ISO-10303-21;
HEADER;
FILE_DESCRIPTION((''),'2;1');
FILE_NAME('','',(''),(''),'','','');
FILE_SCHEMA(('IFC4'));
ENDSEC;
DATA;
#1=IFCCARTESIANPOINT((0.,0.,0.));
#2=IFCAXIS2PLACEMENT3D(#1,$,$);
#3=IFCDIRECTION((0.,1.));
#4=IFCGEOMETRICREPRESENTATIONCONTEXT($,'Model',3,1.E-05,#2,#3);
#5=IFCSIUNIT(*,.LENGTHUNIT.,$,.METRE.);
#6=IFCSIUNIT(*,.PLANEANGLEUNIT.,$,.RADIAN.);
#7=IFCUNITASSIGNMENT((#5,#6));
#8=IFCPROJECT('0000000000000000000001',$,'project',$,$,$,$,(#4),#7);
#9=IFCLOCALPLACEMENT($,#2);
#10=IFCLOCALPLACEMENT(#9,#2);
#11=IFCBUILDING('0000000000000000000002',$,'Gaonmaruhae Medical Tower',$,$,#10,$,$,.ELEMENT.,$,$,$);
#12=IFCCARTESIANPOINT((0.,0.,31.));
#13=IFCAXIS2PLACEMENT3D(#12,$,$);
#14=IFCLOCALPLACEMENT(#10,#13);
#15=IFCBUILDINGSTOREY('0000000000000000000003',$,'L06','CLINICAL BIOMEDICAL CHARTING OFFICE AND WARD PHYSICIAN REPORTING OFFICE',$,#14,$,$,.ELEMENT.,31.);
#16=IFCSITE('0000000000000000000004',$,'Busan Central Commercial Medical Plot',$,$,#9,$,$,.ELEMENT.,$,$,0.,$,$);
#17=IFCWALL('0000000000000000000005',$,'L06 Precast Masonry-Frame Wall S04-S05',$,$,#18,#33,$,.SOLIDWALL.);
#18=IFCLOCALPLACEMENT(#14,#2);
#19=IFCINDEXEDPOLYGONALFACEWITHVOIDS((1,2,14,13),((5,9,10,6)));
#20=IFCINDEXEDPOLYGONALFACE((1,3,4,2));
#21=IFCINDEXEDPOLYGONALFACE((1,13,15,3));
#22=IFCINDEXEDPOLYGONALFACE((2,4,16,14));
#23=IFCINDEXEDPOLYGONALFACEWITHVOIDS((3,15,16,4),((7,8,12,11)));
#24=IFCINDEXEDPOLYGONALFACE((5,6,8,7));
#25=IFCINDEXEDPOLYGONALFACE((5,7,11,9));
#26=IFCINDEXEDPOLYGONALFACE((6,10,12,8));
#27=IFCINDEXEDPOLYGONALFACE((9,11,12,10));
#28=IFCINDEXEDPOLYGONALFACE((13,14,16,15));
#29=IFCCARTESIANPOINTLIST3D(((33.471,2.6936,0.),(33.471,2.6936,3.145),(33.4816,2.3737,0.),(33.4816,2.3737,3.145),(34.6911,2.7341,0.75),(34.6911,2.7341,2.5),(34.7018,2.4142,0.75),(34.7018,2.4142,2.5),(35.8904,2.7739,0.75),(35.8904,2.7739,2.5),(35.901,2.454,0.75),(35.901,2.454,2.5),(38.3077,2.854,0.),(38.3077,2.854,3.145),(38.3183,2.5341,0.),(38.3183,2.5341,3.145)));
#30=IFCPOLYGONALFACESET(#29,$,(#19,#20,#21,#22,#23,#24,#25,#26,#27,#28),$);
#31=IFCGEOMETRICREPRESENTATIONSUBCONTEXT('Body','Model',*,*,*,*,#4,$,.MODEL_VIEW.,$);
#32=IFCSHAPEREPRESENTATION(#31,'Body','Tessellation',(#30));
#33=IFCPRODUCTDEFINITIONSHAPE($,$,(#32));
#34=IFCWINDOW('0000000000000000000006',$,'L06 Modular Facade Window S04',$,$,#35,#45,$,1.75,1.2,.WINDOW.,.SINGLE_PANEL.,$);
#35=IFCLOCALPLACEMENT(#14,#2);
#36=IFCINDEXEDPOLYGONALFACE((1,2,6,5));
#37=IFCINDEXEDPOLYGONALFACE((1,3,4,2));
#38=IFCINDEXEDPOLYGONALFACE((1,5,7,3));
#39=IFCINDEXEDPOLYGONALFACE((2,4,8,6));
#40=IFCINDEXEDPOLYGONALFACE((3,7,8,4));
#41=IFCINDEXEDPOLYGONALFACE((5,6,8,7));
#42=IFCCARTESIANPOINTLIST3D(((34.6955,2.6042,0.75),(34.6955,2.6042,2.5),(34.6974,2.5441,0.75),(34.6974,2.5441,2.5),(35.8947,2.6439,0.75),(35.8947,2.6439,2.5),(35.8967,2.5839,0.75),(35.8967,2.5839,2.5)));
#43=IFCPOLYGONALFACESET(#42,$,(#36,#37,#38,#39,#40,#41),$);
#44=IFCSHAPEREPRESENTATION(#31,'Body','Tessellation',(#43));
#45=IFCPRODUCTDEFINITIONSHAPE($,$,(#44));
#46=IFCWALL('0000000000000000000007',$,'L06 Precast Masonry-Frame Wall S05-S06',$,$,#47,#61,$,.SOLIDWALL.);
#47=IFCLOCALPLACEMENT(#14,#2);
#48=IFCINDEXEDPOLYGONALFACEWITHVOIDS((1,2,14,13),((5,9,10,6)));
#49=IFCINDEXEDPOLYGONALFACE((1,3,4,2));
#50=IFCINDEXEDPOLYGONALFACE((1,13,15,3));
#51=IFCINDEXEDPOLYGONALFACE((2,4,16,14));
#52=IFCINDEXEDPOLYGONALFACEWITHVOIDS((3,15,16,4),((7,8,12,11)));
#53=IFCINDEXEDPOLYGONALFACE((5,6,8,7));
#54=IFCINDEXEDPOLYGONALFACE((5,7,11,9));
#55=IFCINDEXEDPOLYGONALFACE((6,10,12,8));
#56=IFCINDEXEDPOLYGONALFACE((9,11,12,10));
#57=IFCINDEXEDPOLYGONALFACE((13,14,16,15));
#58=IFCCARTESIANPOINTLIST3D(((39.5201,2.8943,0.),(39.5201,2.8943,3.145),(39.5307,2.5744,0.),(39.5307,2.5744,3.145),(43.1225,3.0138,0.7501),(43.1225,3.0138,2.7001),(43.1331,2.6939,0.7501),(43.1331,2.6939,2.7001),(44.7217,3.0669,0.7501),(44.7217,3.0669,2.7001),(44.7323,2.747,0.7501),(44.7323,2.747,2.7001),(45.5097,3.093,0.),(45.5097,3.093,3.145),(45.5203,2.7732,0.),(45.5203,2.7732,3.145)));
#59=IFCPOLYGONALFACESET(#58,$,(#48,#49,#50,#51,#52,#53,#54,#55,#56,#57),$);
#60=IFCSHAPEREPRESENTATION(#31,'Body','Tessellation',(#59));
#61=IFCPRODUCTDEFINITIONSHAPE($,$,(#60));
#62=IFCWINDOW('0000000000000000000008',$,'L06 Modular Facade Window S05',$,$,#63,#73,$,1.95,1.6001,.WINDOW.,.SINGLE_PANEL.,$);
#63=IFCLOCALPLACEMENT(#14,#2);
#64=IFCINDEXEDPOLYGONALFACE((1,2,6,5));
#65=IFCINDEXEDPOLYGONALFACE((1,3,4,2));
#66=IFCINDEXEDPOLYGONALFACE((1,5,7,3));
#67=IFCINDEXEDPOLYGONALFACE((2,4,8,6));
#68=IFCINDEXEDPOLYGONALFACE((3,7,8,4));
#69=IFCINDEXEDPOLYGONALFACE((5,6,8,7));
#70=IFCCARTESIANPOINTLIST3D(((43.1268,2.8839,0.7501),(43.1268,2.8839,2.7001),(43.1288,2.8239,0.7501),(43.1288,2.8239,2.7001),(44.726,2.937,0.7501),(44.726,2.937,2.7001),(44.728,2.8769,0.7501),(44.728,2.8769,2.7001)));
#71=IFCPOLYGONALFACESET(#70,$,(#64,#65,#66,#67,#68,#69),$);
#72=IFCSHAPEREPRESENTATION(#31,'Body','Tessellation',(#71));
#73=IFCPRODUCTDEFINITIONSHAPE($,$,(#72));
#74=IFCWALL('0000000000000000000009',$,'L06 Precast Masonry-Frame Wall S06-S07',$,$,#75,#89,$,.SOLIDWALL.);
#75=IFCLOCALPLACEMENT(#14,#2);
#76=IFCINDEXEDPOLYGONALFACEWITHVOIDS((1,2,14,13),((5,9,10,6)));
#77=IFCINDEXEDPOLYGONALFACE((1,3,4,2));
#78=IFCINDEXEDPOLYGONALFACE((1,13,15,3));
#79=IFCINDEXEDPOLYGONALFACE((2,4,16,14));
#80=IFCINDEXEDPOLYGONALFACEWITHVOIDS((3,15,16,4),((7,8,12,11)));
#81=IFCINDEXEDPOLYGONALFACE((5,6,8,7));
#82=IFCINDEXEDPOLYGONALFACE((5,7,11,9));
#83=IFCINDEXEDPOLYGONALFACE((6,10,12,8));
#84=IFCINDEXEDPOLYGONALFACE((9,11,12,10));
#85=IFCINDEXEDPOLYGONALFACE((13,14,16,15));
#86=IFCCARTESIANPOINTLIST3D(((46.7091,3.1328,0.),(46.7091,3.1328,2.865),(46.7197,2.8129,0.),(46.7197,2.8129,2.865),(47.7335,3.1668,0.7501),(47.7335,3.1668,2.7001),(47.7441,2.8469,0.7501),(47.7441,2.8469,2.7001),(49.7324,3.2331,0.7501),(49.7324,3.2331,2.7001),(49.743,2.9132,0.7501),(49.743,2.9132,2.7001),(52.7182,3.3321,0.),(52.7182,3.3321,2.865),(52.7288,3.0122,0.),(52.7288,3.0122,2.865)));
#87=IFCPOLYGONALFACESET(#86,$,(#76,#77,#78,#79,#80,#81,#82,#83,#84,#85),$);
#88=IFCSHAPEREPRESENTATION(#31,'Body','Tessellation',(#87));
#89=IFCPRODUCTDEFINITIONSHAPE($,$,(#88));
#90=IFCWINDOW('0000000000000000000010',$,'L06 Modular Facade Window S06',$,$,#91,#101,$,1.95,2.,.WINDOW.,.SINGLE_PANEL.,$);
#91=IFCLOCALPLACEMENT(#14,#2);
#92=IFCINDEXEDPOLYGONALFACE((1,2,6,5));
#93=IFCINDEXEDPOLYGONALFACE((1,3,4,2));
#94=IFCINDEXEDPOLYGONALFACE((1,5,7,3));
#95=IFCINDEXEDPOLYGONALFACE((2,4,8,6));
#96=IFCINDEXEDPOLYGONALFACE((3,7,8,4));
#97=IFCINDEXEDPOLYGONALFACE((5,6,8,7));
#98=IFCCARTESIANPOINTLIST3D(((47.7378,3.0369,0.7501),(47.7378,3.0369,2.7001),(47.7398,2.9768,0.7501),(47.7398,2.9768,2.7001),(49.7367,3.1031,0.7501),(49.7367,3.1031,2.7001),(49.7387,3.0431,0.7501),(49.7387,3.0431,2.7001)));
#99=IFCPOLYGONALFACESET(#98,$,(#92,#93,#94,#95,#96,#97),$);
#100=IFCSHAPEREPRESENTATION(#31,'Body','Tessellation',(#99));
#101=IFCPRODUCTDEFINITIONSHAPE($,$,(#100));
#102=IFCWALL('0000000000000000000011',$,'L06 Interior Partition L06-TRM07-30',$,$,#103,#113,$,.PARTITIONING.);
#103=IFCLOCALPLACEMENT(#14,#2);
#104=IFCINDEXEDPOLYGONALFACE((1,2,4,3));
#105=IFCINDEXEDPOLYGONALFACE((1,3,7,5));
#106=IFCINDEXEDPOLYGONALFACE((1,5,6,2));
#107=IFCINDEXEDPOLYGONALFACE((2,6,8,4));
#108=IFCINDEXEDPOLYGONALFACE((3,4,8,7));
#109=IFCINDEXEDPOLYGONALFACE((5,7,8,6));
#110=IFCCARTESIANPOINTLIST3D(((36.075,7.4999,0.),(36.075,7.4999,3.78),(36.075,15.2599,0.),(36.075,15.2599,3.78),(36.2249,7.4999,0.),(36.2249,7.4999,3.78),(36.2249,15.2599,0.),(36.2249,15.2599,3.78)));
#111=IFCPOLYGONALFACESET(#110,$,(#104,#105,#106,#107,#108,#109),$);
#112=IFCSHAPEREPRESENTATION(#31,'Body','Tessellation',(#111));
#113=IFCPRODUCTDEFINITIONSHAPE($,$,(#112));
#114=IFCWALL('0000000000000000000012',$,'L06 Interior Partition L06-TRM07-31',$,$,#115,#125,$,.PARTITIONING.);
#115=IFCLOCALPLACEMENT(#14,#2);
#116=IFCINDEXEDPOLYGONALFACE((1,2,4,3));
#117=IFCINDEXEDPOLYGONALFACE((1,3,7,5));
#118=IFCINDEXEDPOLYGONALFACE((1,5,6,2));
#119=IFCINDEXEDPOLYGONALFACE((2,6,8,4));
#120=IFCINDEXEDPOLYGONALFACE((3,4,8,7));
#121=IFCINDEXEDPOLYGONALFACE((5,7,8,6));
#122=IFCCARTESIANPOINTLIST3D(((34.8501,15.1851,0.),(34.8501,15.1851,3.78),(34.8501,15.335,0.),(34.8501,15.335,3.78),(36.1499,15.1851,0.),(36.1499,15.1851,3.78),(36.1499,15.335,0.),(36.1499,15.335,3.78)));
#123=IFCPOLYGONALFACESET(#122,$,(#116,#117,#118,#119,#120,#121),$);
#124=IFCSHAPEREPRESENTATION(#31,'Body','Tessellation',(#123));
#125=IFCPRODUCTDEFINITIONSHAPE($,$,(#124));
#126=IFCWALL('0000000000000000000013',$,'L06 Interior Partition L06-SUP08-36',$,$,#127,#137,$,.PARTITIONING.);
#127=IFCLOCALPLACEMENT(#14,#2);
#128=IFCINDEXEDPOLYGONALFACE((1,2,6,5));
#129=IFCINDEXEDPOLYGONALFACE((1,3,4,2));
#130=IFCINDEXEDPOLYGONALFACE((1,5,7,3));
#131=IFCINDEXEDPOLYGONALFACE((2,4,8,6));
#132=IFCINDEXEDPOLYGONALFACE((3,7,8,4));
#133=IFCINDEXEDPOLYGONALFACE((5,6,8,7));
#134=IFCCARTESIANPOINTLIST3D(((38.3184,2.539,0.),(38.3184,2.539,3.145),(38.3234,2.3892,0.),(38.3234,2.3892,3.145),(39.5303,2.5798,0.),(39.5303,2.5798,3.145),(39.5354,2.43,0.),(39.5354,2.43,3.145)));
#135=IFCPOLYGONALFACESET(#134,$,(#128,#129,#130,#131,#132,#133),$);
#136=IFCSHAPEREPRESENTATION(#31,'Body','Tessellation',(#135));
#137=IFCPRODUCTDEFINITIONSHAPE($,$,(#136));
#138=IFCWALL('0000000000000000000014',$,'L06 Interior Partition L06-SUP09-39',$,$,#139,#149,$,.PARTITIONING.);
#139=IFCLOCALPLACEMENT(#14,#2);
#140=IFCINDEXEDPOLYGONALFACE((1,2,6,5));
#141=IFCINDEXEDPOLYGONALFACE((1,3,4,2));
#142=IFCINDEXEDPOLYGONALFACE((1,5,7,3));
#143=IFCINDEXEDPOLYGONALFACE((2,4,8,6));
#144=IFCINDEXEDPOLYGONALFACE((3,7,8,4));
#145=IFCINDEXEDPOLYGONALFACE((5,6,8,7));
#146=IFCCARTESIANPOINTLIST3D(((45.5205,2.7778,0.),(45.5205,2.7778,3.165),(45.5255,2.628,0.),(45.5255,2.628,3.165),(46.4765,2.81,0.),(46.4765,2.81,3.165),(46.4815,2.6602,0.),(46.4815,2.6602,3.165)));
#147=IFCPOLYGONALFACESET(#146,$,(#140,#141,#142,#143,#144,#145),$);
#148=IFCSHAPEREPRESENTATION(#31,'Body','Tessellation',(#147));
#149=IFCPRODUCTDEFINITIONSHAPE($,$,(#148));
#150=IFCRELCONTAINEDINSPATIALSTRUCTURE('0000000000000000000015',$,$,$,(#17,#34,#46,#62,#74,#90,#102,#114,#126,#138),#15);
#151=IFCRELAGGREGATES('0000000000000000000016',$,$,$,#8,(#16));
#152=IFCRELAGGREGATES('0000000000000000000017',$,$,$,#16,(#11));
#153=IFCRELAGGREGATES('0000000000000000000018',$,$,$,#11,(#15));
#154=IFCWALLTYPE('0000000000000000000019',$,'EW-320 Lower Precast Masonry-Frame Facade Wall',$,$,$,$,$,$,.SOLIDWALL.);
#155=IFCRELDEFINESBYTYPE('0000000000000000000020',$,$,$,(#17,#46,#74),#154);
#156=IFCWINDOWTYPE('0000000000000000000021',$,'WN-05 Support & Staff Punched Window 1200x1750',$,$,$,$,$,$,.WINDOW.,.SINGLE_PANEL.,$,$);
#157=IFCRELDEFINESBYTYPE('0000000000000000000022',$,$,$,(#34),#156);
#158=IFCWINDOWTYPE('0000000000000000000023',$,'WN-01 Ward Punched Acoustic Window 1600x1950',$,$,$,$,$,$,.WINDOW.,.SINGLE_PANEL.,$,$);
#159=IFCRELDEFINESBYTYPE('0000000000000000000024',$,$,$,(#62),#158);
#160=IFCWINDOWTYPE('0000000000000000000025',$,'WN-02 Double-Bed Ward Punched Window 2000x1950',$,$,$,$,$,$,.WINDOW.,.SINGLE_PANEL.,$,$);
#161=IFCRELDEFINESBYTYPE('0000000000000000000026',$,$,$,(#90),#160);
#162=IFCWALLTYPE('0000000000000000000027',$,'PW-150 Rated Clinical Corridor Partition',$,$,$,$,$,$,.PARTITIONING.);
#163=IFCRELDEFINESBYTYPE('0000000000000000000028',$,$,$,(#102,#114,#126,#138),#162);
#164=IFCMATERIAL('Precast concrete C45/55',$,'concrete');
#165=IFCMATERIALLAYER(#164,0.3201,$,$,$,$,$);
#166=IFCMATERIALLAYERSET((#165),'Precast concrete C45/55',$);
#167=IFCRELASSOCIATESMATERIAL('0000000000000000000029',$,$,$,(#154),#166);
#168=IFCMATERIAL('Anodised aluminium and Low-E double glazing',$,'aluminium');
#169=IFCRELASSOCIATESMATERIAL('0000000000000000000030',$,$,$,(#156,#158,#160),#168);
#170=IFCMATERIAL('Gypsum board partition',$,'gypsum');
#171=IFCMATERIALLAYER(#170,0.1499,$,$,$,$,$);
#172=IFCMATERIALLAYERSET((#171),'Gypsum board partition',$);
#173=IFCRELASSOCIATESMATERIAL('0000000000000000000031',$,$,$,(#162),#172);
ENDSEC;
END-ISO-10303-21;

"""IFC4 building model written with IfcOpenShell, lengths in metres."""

from ifc_helpers import new_model, si_unit, direction, frame, frame_2d, origin, place, context, subcontext, project, spatial, rectangle, extrude, material, layer, layer_set, type_object, element, fill, save


model = new_model("IFC4")

# Units and contexts
model_context = context("Model", 3, precision=1e-05, world=origin(), true_north=direction((0.0, 1.0)))
body_context = subcontext(model_context, "Body", "Model", "MODEL_VIEW")
ifc_project = project(units=[si_unit("LENGTHUNIT", "METRE"), si_unit("PLANEANGLEUNIT", "RADIAN")], contexts=[model_context])

# Site, building, storey
site_placement = place(None, origin())
site = spatial("IfcSite", under=ifc_project, at=site_placement, Name="Busan Central Commercial Medical Plot", CompositionType="ELEMENT", RefElevation=0.0)
building_placement = place(site_placement, origin())
building = spatial("IfcBuilding", under=site, at=building_placement, Name="Gaonmaruhae Medical Tower", CompositionType="ELEMENT")
storey_placement = place(building_placement, frame((0.0, 0.0, 31.0)))
storey = spatial("IfcBuildingStorey", under=building, at=storey_placement, Name="L06", Description="CLINICAL BIOMEDICAL CHARTING OFFICE AND WARD PHYSICIAN REPORTING OFFICE", CompositionType="ELEMENT", Elevation=31.0)

# Walls, openings, windows
ifc_material_1 = material(Name="Precast concrete C45/55", Category="concrete")
ifc_layer_1 = layer(ifc_material_1, 0.3201)
ifc_layer_set_1 = layer_set([ifc_layer_1], Name="Precast concrete C45/55")
wall_type_1 = type_object("IfcWallType", Name="EW-320 Lower Precast Masonry-Frame Facade Wall", PredefinedType="SOLIDWALL", material=ifc_layer_set_1)
wall_1_placement = place(storey_placement, frame((38.313, 2.6941, 0.0), z_axis=(0.0, 0.0, 1.0), x_axis=(-0.999451, -0.033145, 0.0)))
wall_1 = element("IfcWall", 1, at=wall_1_placement, inside=storey, type_object=wall_type_1, Name="L06 Precast Masonry-Frame Wall S04-S05", PredefinedType="SOLIDWALL", context=body_context, shape_type="SweptSolid", body=[
    extrude(rectangle(XDim=4.8394, YDim=0.3201, at=frame_2d((2.4197, 0.0))), origin(), (0.0, 0.0, 1.0), 3.145),
])
opening_1_placement = place(wall_1_placement, frame((2.4185, 0.0, 0.75)))
opening_1 = element("IfcOpeningElement", 2, at=opening_1_placement, cuts=wall_1, PredefinedType="OPENING", context=body_context, shape_type="SweptSolid", body=[
    extrude(rectangle(XDim=1.2, YDim=1.75, at=frame_2d((0.6001, 0.875))), frame((0.0, 0.1699, 0.0), z_axis=(0.0, -1.0, 0.0), x_axis=(1.0, 0.0, 0.0)), (0.0, 0.0, 1.0), 0.3401),
])
ifc_material_2 = material(Name="Anodised aluminium and Low-E double glazing", Category="aluminium")
window_type_1 = type_object("IfcWindowType", Name="WN-05 Support & Staff Punched Window 1200x1750", PartitioningType="SINGLE_PANEL", PredefinedType="WINDOW", material=ifc_material_2)
window_1_placement = place(opening_1_placement, origin())
window_1 = element("IfcWindow", 3, at=window_1_placement, inside=storey, type_object=window_type_1, Name="L06 Modular Facade Window S04", OverallHeight=1.75, OverallWidth=1.2, PartitioningType="SINGLE_PANEL", PredefinedType="WINDOW", context=body_context, shape_type="SweptSolid", body=[
    extrude(rectangle(XDim=1.2, YDim=1.75, at=frame_2d((0.6001, 0.875))), frame((0.0, 0.03, 0.0), z_axis=(0.0, -1.0, 0.0), x_axis=(1.0, 0.0, 0.0)), (0.0, 0.0, 1.0), 0.0601),
])
fill(opening_1, window_1)
wall_2_placement = place(storey_placement, frame((45.5151, 2.9331, 0.0), z_axis=(0.0, 0.0, 1.0), x_axis=(-0.99945, -0.033162, 0.0)))
wall_2 = element("IfcWall", 4, at=wall_2_placement, inside=storey, type_object=wall_type_1, Name="L06 Precast Masonry-Frame Wall S05-S06", PredefinedType="SOLIDWALL", context=body_context, shape_type="SweptSolid", body=[
    extrude(rectangle(XDim=5.9929, YDim=0.3201, at=frame_2d((2.9966, 0.0))), origin(), (0.0, 0.0, 1.0), 3.145),
])
opening_2_placement = place(wall_2_placement, frame((0.7886, 0.0, 0.75)))
opening_2 = element("IfcOpeningElement", 5, at=opening_2_placement, cuts=wall_2, PredefinedType="OPENING", context=body_context, shape_type="SweptSolid", body=[
    extrude(rectangle(XDim=1.6001, YDim=1.95, at=frame_2d((0.8, 0.9751))), frame((0.0, 0.1699, 0.0), z_axis=(0.0, -1.0, 0.0), x_axis=(1.0, 0.0, 0.0)), (0.0, 0.0, 1.0), 0.3401),
])
window_type_2 = type_object("IfcWindowType", Name="WN-01 Ward Punched Acoustic Window 1600x1950", PartitioningType="SINGLE_PANEL", PredefinedType="WINDOW", material=ifc_material_2)
window_2_placement = place(opening_2_placement, origin())
window_2 = element("IfcWindow", 6, at=window_2_placement, inside=storey, type_object=window_type_2, Name="L06 Modular Facade Window S05", OverallHeight=1.95, OverallWidth=1.6001, PartitioningType="SINGLE_PANEL", PredefinedType="WINDOW", context=body_context, shape_type="SweptSolid", body=[
    extrude(rectangle(XDim=1.6001, YDim=1.95, at=frame_2d((0.8, 0.9751))), frame((0.0, 0.03, 0.0), z_axis=(0.0, -1.0, 0.0), x_axis=(1.0, 0.0, 0.0)), (0.0, 0.0, 1.0), 0.0601),
])
fill(opening_2, window_2)
wall_3_placement = place(storey_placement, frame((52.7236, 3.1721, 0.0), z_axis=(0.0, 0.0, 1.0), x_axis=(-0.999451, -0.033135, 0.0)))
wall_3 = element("IfcWall", 7, at=wall_3_placement, inside=storey, type_object=wall_type_1, Name="L06 Precast Masonry-Frame Wall S06-S07", PredefinedType="SOLIDWALL", context=body_context, shape_type="SweptSolid", body=[
    extrude(rectangle(XDim=6.0125, YDim=0.3201, at=frame_2d((3.0063, 0.0))), origin(), (0.0, 0.0, 1.0), 2.865),
])
opening_3_placement = place(wall_3_placement, frame((2.9875, 0.0, 0.75)))
opening_3 = element("IfcOpeningElement", 8, at=opening_3_placement, cuts=wall_3, PredefinedType="OPENING", context=body_context, shape_type="SweptSolid", body=[
    extrude(rectangle(XDim=2.0, YDim=1.95, at=frame_2d((1.0, 0.9751))), frame((0.0, 0.1699, 0.0), z_axis=(0.0, -1.0, 0.0), x_axis=(1.0, 0.0, 0.0)), (0.0, 0.0, 1.0), 0.3401),
])
window_type_3 = type_object("IfcWindowType", Name="WN-02 Double-Bed Ward Punched Window 2000x1950", PartitioningType="SINGLE_PANEL", PredefinedType="WINDOW", material=ifc_material_2)
window_3_placement = place(opening_3_placement, origin())
window_3 = element("IfcWindow", 9, at=window_3_placement, inside=storey, type_object=window_type_3, Name="L06 Modular Facade Window S06", OverallHeight=1.95, OverallWidth=2.0, PartitioningType="SINGLE_PANEL", PredefinedType="WINDOW", context=body_context, shape_type="SweptSolid", body=[
    extrude(rectangle(XDim=2.0, YDim=1.95, at=frame_2d((1.0, 0.9751))), frame((0.0, 0.03, 0.0), z_axis=(0.0, -1.0, 0.0), x_axis=(1.0, 0.0, 0.0)), (0.0, 0.0, 1.0), 0.0601),
])
fill(opening_3, window_3)

# Walls
ifc_material_3 = material(Name="Gypsum board partition", Category="gypsum")
ifc_layer_2 = layer(ifc_material_3, 0.1499)
ifc_layer_set_2 = layer_set([ifc_layer_2], Name="Gypsum board partition")
wall_type_2 = type_object("IfcWallType", Name="PW-150 Rated Clinical Corridor Partition", PredefinedType="PARTITIONING", material=ifc_layer_set_2)
wall_4_placement = place(storey_placement, frame((36.1499, 7.5, 0.0), z_axis=(0.0, 0.0, 1.0), x_axis=(0.0, 1.0, 0.0)))
element("IfcWall", 10, at=wall_4_placement, inside=storey, type_object=wall_type_2, Name="L06 Interior Partition L06-TRM07-30", PredefinedType="PARTITIONING", context=body_context, shape_type="SweptSolid", body=[
    extrude(rectangle(XDim=7.76, YDim=0.1499, at=frame_2d((3.8799, 0.0))), origin(), (0.0, 0.0, 1.0), 3.78),
])
wall_5_placement = place(storey_placement, frame((36.1499, 15.26, 0.0), z_axis=(0.0, 0.0, 1.0), x_axis=(-1.0, 0.0, 0.0)))
element("IfcWall", 11, at=wall_5_placement, inside=storey, type_object=wall_type_2, Name="L06 Interior Partition L06-TRM07-31", PredefinedType="PARTITIONING", context=body_context, shape_type="SweptSolid", body=[
    extrude(rectangle(XDim=1.2998, YDim=0.1499, at=frame_2d((0.6499, 0.0))), origin(), (0.0, 0.0, 1.0), 3.78),
])
wall_6_placement = place(storey_placement, frame((39.533, 2.5049, 0.0), z_axis=(0.0, 0.0, 1.0), x_axis=(-0.999435, -0.033623, 0.0)))
element("IfcWall", 12, at=wall_6_placement, inside=storey, type_object=wall_type_2, Name="L06 Interior Partition L06-SUP08-36", PredefinedType="PARTITIONING", context=body_context, shape_type="SweptSolid", body=[
    extrude(rectangle(XDim=1.2126, YDim=0.1499, at=frame_2d((0.6064, 0.0))), origin(), (0.0, 0.0, 1.0), 3.145),
])
wall_7_placement = place(storey_placement, frame((46.479, 2.7351, 0.0), z_axis=(0.0, 0.0, 1.0), x_axis=(-0.999432, -0.033689, 0.0)))
element("IfcWall", 13, at=wall_7_placement, inside=storey, type_object=wall_type_2, Name="L06 Interior Partition L06-SUP09-39", PredefinedType="PARTITIONING", context=body_context, shape_type="SweptSolid", body=[
    extrude(rectangle(XDim=0.9565, YDim=0.1499, at=frame_2d((0.4783, 0.0))), origin(), (0.0, 0.0, 1.0), 3.165),
])

save(model, "model.ifc")
